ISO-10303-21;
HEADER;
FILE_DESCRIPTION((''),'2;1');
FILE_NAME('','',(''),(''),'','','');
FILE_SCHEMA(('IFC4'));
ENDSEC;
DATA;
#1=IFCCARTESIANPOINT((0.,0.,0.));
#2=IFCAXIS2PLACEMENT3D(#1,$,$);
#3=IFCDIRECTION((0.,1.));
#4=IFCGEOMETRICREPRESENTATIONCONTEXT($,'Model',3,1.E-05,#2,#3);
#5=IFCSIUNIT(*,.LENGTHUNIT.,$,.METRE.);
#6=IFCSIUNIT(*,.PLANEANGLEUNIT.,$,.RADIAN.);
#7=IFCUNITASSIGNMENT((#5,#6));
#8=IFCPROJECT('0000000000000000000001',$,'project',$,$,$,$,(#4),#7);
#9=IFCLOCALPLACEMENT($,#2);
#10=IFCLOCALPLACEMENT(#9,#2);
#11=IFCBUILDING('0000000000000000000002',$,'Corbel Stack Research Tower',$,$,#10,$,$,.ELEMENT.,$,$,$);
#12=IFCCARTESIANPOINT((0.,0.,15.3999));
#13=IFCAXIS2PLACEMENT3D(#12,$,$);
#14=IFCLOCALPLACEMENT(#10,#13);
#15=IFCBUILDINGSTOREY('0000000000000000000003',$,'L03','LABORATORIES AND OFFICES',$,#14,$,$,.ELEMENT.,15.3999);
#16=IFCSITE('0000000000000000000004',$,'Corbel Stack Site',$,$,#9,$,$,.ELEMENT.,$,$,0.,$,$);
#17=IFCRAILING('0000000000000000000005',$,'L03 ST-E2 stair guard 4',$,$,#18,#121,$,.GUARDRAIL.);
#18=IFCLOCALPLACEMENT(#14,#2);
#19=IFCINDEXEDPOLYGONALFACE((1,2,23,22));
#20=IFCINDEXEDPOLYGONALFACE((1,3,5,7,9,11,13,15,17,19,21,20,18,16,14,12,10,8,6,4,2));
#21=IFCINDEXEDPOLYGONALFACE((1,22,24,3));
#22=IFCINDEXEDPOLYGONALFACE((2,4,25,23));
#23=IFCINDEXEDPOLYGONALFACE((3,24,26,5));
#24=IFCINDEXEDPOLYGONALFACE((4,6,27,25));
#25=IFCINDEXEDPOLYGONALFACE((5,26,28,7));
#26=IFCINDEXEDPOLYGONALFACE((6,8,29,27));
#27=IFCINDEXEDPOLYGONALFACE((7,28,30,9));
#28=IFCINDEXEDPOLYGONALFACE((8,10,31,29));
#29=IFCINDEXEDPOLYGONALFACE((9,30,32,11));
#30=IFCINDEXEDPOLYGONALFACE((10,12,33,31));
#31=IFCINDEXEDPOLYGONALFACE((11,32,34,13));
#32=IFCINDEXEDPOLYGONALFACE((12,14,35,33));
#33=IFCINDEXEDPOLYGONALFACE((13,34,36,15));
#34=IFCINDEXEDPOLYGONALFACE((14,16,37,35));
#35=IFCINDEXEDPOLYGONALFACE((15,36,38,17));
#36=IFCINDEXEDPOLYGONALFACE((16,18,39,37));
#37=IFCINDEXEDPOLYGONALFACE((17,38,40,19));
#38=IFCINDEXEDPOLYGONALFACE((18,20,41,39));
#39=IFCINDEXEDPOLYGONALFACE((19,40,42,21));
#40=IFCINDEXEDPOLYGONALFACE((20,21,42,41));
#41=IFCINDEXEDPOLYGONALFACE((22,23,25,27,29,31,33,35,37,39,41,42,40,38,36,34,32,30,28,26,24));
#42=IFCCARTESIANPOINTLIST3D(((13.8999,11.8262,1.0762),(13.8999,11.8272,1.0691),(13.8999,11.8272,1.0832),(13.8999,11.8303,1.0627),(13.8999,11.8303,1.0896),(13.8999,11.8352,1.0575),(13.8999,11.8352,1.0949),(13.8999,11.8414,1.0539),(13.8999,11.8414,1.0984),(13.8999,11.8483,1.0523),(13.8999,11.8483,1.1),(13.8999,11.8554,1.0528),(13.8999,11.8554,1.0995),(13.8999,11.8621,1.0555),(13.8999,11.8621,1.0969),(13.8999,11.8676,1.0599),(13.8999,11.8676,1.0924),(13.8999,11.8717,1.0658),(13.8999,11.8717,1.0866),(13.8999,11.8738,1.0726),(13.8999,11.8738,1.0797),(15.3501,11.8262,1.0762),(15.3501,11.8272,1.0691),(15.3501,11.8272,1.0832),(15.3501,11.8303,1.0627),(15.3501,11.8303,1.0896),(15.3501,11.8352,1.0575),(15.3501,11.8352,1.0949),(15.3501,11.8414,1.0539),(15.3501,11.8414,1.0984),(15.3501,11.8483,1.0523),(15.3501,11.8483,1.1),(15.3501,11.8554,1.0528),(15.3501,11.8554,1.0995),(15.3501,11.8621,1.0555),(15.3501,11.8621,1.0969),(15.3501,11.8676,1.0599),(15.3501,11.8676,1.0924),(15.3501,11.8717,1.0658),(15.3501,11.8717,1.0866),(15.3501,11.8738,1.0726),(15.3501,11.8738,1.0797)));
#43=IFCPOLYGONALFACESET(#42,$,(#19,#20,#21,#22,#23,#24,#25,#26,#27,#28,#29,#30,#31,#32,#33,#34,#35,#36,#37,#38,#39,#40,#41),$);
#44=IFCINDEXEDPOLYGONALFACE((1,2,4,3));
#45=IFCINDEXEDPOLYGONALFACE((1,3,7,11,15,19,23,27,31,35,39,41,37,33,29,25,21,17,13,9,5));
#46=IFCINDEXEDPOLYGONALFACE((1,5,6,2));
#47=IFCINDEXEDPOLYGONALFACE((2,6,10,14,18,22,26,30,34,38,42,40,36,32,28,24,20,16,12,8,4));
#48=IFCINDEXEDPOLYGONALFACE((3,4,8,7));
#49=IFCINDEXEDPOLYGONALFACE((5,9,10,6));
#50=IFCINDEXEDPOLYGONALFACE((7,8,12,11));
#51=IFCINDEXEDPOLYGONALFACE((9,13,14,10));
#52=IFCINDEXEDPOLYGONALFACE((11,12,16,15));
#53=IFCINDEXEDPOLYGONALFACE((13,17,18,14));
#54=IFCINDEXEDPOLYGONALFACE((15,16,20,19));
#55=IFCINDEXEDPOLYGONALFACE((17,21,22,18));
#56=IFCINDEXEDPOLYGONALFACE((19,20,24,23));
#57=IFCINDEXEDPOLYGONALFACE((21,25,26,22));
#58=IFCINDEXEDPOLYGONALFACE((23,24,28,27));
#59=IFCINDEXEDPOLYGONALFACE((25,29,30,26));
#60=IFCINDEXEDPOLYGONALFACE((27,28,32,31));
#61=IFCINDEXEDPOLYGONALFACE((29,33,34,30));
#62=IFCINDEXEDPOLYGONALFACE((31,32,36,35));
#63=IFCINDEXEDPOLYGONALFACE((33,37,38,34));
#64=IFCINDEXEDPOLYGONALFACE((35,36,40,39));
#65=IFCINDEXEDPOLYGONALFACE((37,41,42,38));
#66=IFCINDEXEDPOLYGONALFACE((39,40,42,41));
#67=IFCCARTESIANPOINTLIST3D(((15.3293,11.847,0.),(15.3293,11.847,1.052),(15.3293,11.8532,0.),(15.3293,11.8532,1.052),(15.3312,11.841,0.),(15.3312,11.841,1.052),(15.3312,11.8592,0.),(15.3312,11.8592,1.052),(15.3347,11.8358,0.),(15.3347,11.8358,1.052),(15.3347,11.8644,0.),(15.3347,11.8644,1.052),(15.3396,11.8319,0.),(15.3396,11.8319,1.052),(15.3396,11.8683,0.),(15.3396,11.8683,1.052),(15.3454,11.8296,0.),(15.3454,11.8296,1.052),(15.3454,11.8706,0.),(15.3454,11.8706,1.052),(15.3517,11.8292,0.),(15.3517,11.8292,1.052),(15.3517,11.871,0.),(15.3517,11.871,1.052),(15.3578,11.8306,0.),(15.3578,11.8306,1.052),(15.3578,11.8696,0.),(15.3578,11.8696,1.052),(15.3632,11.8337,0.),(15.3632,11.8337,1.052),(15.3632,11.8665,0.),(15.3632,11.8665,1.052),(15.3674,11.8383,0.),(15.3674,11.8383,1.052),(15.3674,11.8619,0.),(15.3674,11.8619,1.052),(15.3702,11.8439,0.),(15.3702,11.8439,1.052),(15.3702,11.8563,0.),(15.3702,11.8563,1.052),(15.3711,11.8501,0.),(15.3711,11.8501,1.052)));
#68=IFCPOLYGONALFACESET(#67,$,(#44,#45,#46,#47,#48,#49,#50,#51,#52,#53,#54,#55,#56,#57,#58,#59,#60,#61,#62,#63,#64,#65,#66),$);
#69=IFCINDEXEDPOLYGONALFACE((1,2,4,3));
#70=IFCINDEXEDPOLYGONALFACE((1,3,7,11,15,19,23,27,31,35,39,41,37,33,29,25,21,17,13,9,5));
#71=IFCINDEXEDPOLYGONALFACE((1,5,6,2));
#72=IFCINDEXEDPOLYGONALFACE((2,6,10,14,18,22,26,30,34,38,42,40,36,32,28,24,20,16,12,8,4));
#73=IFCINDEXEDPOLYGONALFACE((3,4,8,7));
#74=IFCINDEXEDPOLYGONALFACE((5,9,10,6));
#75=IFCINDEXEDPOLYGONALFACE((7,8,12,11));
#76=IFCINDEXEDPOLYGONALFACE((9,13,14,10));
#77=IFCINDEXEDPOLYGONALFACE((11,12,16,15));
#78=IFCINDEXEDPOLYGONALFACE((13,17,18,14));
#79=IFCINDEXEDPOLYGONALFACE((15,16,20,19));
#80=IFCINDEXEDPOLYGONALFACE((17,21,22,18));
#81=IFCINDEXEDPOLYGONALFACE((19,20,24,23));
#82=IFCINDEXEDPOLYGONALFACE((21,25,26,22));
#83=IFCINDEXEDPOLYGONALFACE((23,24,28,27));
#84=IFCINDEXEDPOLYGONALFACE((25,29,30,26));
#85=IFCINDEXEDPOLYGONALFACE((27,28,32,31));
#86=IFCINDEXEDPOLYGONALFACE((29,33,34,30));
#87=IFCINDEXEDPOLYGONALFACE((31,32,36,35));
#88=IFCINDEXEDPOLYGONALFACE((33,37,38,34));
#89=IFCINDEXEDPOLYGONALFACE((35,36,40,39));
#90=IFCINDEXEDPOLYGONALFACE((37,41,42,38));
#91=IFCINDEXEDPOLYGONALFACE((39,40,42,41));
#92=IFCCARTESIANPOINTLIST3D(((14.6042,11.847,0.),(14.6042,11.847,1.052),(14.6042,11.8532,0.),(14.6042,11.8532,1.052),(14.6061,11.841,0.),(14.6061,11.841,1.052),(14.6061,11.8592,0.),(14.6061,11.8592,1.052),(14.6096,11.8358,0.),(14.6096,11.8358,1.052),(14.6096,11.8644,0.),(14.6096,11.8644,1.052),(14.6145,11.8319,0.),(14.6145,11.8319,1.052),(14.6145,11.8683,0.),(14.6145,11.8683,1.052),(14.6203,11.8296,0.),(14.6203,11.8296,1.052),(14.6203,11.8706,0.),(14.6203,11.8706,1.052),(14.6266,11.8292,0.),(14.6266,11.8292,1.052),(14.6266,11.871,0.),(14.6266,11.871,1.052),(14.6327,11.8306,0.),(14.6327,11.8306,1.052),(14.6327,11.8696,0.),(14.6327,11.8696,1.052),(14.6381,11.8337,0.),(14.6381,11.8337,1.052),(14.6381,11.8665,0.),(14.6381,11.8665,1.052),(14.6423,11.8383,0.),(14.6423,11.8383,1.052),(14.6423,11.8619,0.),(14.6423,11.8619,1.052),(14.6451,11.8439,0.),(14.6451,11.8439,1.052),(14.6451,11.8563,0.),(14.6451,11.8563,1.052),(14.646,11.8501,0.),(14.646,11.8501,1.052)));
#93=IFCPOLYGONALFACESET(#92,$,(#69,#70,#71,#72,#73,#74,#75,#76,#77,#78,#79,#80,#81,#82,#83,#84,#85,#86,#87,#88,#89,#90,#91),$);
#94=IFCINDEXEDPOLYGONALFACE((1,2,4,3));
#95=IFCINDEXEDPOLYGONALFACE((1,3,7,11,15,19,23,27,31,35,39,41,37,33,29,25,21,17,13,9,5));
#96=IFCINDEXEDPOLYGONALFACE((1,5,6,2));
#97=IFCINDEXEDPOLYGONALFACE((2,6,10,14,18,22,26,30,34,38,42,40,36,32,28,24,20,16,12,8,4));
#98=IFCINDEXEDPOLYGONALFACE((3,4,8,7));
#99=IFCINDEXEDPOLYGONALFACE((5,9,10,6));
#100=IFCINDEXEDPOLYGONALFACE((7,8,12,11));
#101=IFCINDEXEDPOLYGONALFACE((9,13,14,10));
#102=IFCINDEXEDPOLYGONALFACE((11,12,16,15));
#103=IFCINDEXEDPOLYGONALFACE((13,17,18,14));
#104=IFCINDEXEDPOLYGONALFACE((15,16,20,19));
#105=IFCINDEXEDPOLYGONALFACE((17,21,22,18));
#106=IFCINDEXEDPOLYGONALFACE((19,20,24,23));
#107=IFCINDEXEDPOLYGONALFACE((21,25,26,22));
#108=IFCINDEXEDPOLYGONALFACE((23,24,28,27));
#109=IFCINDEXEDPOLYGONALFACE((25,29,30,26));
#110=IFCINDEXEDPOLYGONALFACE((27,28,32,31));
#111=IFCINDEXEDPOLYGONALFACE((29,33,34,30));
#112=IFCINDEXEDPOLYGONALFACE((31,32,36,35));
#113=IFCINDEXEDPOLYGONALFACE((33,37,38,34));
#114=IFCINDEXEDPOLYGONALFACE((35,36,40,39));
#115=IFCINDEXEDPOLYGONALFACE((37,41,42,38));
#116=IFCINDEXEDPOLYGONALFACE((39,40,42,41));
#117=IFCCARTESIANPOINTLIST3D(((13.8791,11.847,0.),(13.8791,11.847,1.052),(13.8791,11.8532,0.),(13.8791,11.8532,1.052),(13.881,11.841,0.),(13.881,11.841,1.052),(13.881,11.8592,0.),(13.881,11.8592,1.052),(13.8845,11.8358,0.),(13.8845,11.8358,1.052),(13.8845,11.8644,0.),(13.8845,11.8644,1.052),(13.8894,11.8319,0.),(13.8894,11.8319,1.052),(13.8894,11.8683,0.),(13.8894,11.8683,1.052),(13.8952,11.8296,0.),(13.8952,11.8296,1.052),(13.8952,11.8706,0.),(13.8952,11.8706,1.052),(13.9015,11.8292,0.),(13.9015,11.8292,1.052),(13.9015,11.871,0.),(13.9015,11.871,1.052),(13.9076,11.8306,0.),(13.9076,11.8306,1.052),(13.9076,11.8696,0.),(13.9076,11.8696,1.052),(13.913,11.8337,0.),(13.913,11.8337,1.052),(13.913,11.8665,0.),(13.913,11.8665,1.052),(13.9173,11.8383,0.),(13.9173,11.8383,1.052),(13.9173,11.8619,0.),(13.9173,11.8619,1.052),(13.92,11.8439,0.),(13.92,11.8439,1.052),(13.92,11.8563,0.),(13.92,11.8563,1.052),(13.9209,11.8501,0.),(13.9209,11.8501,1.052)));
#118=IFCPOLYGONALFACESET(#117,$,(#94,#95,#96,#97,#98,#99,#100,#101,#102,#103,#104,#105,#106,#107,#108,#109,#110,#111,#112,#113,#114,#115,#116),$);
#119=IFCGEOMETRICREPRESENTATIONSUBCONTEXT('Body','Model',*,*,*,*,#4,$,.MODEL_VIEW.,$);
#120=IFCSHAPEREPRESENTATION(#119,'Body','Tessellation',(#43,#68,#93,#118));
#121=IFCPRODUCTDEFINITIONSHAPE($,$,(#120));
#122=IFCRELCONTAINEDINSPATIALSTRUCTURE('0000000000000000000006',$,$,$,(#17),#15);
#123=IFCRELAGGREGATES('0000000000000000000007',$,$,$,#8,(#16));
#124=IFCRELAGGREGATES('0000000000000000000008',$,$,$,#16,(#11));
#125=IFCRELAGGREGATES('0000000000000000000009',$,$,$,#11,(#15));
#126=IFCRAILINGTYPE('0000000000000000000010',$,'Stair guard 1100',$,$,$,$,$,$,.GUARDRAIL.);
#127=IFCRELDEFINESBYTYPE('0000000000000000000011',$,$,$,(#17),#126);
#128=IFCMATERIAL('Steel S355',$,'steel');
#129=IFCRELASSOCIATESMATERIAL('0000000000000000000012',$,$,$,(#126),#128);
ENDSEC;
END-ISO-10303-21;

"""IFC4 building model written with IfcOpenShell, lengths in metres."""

from ifc_helpers import new_model, si_unit, direction, frame, origin, origin_2d, place, context, subcontext, project, spatial, circle, extrude, material, type_object, element, save


model = new_model("IFC4")

# Units and contexts
model_context = context("Model", 3, precision=1e-05, world=origin(), true_north=direction((0.0, 1.0)))
body_context = subcontext(model_context, "Body", "Model", "MODEL_VIEW")
ifc_project = project(units=[si_unit("LENGTHUNIT", "METRE"), si_unit("PLANEANGLEUNIT", "RADIAN")], contexts=[model_context])

# Site, building, storey
site_placement = place(None, origin())
site = spatial("IfcSite", under=ifc_project, at=site_placement, Name="Corbel Stack Site", CompositionType="ELEMENT", RefElevation=0.0)
building_placement = place(site_placement, origin())
building = spatial("IfcBuilding", under=site, at=building_placement, Name="Corbel Stack Research Tower", CompositionType="ELEMENT")
storey_placement = place(building_placement, frame((0.0, 0.0, 15.3999)))
storey = spatial("IfcBuildingStorey", under=building, at=storey_placement, Name="L03", Description="LABORATORIES AND OFFICES", CompositionType="ELEMENT", Elevation=15.3999)

# Railing
ifc_material_1 = material(Name="Steel S355", Category="steel")
railing_type_1 = type_object("IfcRailingType", Name="Stair guard 1100", PredefinedType="GUARDRAIL", material=ifc_material_1)
railing_1_placement = place(storey_placement, frame((15.3501, 11.8501, 0.0)))
element("IfcRailing", 1, at=railing_1_placement, inside=storey, type_object=railing_type_1, Name="L03 ST-E2 stair guard 4", PredefinedType="GUARDRAIL", context=body_context, shape_type="SweptSolid", body=[
    extrude(circle(Radius=0.0239, at=origin_2d()), frame((0.0, 0.0, 1.0762), z_axis=(-1.0, 0.0, 0.0), x_axis=(0.0, -1.0, 0.0)), (0.0, 0.0, 1.0), 1.4502),
    extrude(circle(Radius=0.021, at=origin_2d()), origin(), (0.0, 0.0, 1.0), 1.052),
    extrude(circle(Radius=0.021, at=origin_2d()), frame((-0.7251, 0.0, 0.0)), (0.0, 0.0, 1.0), 1.052),
    extrude(circle(Radius=0.021, at=origin_2d()), frame((-1.4502, 0.0, 0.0)), (0.0, 0.0, 1.0), 1.052),
])

save(model, "model.ifc")
